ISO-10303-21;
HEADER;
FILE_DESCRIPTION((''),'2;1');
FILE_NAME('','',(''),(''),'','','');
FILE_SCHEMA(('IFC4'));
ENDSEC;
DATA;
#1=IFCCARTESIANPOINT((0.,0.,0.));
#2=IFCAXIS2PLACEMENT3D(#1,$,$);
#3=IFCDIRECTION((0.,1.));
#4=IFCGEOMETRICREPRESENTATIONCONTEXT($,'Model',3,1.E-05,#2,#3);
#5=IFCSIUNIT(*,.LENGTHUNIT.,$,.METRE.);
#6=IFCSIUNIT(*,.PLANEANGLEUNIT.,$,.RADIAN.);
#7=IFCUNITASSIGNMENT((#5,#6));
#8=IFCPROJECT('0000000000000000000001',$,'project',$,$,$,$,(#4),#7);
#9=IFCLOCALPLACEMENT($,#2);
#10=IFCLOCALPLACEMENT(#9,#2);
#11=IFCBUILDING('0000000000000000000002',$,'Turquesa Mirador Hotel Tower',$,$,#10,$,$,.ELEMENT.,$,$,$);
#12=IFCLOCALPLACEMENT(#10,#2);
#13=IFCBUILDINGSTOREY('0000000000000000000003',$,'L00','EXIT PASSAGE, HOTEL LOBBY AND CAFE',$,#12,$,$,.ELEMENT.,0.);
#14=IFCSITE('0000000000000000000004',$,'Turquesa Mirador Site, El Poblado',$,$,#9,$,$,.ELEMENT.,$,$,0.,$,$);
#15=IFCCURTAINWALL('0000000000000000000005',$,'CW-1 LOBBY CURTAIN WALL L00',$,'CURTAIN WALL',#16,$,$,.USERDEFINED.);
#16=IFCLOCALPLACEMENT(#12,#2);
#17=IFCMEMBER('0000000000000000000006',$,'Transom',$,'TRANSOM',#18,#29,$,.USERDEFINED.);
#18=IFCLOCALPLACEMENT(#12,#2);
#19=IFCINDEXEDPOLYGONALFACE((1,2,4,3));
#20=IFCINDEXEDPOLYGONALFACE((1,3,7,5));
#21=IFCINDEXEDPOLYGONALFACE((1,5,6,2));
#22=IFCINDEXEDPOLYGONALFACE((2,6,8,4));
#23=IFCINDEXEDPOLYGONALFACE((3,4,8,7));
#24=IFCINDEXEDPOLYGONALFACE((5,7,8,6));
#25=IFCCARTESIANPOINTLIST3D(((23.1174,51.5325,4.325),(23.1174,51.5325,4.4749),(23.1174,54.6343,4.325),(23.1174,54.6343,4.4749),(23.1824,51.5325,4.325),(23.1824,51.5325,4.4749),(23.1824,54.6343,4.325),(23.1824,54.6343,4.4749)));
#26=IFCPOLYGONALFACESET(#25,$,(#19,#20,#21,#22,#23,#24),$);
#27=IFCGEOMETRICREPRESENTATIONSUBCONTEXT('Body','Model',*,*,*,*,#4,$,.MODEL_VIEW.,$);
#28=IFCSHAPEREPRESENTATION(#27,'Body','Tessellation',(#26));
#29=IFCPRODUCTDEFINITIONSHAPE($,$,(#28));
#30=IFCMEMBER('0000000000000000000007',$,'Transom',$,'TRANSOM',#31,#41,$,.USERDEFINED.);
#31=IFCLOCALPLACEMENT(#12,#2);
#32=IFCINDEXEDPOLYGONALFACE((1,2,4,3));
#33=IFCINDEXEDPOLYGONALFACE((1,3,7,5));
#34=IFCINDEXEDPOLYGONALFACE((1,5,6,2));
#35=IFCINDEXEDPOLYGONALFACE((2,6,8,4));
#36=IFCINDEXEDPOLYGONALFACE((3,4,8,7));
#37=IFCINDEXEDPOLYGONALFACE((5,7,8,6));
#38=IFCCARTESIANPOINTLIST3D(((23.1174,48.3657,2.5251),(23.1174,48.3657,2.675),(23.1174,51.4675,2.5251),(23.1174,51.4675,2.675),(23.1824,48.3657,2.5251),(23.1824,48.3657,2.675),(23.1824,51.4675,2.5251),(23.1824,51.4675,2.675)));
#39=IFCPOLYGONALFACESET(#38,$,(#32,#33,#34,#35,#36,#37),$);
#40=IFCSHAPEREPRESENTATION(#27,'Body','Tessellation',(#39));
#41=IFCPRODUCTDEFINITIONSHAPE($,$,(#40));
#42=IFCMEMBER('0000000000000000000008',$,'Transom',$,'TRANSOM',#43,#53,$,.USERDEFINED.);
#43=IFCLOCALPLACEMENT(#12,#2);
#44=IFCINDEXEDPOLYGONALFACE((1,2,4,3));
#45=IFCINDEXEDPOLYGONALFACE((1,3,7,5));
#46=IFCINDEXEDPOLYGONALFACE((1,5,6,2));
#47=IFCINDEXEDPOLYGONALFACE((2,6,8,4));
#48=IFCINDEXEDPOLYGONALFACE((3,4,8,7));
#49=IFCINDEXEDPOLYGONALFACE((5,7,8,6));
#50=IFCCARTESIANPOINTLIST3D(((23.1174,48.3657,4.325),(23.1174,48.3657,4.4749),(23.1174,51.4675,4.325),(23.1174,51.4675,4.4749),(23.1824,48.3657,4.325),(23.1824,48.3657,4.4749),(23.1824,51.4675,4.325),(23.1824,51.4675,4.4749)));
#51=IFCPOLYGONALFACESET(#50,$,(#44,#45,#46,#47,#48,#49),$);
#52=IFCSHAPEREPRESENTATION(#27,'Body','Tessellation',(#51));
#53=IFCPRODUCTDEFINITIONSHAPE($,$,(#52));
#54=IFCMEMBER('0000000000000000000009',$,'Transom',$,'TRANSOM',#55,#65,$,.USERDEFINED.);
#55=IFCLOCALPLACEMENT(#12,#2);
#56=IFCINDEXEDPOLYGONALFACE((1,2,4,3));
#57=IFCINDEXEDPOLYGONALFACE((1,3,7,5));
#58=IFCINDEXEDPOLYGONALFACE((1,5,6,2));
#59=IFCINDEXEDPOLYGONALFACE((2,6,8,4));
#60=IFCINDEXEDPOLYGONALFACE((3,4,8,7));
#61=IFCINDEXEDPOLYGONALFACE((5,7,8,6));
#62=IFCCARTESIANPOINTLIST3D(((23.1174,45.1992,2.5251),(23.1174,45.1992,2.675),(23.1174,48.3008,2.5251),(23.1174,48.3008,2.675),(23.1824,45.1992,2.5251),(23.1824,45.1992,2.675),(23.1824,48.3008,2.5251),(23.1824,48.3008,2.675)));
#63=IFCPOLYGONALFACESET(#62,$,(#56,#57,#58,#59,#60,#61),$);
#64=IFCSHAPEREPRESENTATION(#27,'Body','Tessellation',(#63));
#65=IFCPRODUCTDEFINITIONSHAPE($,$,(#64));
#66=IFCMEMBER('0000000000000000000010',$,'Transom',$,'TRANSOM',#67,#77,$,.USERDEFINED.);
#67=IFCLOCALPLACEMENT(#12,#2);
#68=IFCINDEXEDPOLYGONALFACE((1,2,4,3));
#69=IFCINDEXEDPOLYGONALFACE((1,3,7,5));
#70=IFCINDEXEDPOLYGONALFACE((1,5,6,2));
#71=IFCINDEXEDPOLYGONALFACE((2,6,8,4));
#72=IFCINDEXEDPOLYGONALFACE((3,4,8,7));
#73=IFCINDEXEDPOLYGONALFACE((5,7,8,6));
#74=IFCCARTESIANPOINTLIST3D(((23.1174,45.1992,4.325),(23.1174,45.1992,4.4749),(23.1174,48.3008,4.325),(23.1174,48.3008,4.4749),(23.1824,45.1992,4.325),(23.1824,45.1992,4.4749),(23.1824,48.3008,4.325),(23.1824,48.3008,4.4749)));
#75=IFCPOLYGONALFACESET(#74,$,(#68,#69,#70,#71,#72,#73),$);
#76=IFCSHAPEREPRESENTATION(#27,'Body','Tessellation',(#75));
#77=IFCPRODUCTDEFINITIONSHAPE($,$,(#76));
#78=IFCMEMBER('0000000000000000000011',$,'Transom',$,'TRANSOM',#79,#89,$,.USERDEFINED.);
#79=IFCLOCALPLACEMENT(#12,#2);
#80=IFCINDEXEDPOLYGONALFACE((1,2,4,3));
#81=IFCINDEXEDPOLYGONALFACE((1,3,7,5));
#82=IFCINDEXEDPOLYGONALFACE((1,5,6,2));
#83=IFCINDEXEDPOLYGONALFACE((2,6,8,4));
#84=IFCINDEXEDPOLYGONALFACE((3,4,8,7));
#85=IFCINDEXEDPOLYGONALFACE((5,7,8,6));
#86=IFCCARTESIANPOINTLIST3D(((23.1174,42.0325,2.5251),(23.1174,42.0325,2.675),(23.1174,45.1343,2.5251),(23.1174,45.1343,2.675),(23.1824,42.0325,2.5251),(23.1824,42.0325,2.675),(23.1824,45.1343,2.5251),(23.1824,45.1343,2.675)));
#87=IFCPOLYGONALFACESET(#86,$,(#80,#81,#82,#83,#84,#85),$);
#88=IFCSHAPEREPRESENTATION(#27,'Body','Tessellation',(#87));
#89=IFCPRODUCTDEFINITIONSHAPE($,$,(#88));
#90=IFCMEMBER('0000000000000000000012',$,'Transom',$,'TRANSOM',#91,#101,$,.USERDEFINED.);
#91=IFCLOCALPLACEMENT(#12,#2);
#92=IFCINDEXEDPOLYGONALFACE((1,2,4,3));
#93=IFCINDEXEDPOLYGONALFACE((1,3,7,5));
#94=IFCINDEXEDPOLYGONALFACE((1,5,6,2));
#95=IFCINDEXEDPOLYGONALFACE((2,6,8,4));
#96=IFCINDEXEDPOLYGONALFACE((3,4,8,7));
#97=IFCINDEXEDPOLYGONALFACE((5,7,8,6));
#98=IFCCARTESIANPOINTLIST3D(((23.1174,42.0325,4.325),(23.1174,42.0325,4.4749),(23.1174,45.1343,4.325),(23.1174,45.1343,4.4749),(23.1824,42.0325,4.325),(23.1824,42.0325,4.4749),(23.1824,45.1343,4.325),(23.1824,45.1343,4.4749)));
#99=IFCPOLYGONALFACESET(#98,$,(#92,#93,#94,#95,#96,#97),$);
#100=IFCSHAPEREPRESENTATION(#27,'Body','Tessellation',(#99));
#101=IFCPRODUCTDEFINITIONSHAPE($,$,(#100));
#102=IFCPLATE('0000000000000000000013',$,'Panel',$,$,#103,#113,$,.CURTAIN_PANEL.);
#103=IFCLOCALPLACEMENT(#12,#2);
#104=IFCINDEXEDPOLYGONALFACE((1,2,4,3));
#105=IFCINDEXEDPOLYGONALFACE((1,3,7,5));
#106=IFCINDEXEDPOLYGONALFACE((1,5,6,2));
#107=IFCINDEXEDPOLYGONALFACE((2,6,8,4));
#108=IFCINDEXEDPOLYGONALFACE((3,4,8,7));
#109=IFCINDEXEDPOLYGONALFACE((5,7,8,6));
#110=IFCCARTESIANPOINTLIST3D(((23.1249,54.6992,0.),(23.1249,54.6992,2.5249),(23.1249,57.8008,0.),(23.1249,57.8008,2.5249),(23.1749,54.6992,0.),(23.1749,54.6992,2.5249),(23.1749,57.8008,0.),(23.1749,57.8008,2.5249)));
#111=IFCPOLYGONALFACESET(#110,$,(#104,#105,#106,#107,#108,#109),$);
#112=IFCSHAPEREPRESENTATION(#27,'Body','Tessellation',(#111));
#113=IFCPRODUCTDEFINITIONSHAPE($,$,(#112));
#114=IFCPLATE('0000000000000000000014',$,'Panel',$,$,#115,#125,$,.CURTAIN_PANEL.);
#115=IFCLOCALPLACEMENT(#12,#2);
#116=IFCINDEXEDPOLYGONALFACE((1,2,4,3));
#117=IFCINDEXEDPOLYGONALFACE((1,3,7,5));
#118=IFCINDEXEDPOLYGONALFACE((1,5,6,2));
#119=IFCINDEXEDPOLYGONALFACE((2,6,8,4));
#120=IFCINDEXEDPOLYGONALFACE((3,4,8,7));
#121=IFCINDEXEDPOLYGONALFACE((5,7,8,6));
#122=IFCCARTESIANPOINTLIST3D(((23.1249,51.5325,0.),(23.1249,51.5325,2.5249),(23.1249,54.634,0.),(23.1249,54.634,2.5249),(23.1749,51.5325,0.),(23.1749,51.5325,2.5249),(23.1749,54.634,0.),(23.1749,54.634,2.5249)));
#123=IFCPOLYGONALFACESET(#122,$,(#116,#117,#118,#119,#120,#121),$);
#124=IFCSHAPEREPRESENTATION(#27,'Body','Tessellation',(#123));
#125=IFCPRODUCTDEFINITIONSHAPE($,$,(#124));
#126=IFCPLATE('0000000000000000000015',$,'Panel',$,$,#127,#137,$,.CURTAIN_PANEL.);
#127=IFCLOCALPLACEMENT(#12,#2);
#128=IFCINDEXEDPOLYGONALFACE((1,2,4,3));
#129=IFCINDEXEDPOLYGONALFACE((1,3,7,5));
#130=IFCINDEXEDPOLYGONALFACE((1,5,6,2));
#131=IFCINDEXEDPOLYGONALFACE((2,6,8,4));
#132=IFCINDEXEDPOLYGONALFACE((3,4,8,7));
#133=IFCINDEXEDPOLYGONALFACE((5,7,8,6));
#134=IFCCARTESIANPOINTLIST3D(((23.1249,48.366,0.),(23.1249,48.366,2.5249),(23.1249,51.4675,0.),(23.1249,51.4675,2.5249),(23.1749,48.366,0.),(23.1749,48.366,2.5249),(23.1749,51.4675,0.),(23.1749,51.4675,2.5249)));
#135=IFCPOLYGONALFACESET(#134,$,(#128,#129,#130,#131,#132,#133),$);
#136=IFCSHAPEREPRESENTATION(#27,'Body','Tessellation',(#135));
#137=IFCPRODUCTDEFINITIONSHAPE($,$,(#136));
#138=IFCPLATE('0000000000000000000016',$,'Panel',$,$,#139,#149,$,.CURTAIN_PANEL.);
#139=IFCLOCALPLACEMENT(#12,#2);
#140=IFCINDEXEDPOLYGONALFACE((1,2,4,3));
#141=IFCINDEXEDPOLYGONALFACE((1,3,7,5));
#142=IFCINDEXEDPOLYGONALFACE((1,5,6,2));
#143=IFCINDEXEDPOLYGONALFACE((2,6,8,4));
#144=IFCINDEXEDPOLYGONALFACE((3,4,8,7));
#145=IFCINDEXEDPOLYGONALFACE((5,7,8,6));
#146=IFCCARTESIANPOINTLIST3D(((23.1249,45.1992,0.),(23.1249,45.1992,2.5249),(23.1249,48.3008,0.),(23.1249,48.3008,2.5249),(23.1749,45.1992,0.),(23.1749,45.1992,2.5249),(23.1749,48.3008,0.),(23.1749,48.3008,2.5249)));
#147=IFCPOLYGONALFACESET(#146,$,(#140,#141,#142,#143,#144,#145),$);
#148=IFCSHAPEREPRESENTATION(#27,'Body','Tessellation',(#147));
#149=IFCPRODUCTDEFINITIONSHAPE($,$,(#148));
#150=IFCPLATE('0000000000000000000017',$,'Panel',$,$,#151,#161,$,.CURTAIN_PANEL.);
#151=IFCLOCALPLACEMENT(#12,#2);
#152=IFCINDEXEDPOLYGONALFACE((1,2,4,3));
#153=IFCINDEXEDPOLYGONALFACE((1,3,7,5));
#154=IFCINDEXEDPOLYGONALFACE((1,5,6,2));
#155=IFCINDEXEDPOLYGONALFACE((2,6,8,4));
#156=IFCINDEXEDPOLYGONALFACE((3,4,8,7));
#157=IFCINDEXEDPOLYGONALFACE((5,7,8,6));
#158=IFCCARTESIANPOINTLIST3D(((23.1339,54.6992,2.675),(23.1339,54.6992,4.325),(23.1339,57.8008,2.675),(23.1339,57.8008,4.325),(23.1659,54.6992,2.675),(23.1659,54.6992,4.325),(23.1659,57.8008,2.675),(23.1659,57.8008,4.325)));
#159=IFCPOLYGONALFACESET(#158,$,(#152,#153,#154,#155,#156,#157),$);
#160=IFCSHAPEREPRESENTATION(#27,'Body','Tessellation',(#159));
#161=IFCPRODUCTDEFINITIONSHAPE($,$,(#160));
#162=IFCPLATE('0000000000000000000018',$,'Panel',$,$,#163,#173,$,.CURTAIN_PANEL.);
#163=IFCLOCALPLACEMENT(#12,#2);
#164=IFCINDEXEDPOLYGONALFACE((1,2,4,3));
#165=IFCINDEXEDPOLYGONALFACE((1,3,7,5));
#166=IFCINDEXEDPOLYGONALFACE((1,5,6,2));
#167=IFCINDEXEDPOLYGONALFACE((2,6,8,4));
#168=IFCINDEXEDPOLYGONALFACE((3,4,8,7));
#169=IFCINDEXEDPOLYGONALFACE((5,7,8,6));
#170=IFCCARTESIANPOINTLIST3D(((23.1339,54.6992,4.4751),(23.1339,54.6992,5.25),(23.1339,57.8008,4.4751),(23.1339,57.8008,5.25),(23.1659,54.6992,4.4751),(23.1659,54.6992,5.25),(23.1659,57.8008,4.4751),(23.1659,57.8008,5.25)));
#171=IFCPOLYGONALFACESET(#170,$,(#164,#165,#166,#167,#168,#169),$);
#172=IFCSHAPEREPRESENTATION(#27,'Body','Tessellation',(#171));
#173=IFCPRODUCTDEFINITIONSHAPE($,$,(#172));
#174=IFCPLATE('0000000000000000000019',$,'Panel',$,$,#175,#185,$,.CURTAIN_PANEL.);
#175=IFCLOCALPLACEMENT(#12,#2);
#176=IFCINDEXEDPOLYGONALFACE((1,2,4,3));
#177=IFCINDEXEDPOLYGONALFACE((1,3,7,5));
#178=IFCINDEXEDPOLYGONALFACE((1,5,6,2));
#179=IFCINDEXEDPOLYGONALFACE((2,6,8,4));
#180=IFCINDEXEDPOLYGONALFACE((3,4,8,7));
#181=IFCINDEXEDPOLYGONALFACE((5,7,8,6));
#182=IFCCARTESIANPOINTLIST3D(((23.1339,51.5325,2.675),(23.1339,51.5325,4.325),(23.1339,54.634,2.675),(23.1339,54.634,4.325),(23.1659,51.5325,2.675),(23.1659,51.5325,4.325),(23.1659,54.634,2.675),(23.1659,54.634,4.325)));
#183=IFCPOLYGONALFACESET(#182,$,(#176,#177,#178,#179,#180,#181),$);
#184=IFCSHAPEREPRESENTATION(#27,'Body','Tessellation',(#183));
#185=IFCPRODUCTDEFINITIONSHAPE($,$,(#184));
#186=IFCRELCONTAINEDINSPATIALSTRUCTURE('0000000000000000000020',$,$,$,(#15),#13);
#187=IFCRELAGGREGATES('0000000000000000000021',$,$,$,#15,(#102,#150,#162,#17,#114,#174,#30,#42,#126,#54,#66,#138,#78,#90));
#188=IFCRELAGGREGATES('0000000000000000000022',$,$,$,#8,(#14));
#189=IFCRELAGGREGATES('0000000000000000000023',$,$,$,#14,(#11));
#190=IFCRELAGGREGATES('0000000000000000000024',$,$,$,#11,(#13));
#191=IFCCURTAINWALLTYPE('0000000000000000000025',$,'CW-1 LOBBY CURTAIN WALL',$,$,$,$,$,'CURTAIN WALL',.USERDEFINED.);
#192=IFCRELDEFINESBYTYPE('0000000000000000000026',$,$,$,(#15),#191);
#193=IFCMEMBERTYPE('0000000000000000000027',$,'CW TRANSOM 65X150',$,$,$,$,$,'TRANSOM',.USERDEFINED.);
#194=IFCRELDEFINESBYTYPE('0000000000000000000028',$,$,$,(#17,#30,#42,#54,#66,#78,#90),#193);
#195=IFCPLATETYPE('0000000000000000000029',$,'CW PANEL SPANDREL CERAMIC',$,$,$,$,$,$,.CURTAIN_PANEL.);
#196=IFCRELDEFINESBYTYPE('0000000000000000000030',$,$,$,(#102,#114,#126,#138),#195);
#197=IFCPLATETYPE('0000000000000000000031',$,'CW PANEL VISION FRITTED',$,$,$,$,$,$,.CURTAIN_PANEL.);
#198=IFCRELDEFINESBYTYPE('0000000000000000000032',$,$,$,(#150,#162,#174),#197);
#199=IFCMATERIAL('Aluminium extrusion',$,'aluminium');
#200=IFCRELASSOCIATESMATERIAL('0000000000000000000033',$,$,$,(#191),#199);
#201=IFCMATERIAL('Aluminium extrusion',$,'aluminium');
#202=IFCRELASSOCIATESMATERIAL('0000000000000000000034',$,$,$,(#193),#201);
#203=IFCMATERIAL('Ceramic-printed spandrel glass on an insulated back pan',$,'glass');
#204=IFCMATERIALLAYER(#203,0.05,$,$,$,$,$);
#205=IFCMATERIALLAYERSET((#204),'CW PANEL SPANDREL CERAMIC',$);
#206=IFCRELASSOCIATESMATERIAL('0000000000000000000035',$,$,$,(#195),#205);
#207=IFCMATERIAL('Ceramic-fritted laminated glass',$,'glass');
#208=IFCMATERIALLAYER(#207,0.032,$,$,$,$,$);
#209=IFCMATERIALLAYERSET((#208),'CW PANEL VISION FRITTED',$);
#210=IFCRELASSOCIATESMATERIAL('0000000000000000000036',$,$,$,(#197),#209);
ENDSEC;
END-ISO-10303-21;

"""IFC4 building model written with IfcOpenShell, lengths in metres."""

from ifc_helpers import new_model, si_unit, direction, frame, origin, origin_2d, place, context, subcontext, project, spatial, rectangle, extrude, material, layer, layer_set, material_profile, profile_set, type_object, element, aggregate, save


model = new_model("IFC4")

# Units and contexts
model_context = context("Model", 3, precision=1e-05, world=origin(), true_north=direction((0.0, 1.0)))
body_context = subcontext(model_context, "Body", "Model", "MODEL_VIEW")
ifc_project = project(units=[si_unit("LENGTHUNIT", "METRE"), si_unit("PLANEANGLEUNIT", "RADIAN")], contexts=[model_context])

# Site, building, storey
site_placement = place(None, origin())
site = spatial("IfcSite", under=ifc_project, at=site_placement, Name="Turquesa Mirador Site, El Poblado", CompositionType="ELEMENT", RefElevation=0.0)
building_placement = place(site_placement, origin())
building = spatial("IfcBuilding", under=site, at=building_placement, Name="Turquesa Mirador Hotel Tower", CompositionType="ELEMENT")
storey_placement = place(building_placement, origin())
storey = spatial("IfcBuildingStorey", under=building, at=storey_placement, Name="L00", Description="EXIT PASSAGE, HOTEL LOBBY AND CAFE", CompositionType="ELEMENT", Elevation=0.0)

# Curtain wall, members, plates
ifc_material_1 = material(Name="Aluminium extrusion", Category="aluminium")
curtain_wall_type = type_object("IfcCurtainWallType", Name="CW-1 LOBBY CURTAIN WALL", ElementType="CURTAIN WALL", PredefinedType="USERDEFINED", material=ifc_material_1)
curtain_wall_placement = place(storey_placement, origin())
curtain_wall = element("IfcCurtainWall", 1, at=curtain_wall_placement, inside=storey, type_object=curtain_wall_type, Name="CW-1 LOBBY CURTAIN WALL L00", ObjectType="CURTAIN WALL", PredefinedType="USERDEFINED")
ifc_material_2 = material(Name="Aluminium extrusion", Category="aluminium")
ifc_material_profile_1 = material_profile(ifc_material_2, rectangle(XDim=0.0649, YDim=0.1499, at=origin_2d()), Name="TRANSOM 65X150")
ifc_profile_set_1 = profile_set([ifc_material_profile_1], Name="Aluminium extrusion")
member_type_1 = type_object("IfcMemberType", Name="CW TRANSOM 65X150", ElementType="TRANSOM", PredefinedType="USERDEFINED", material=ifc_profile_set_1)
member_1_placement = place(storey_placement, frame((23.1499, 54.6343, 4.3999), z_axis=(0.0, -1.0, 0.0), x_axis=(1.0, 0.0, 0.0)))
member_1 = element("IfcMember", 2, at=member_1_placement, type_object=member_type_1, Name="Transom", ObjectType="TRANSOM", PredefinedType="USERDEFINED", context=body_context, shape_type="SweptSolid", body=[
    extrude(rectangle(XDim=0.0649, YDim=0.1499, at=origin_2d()), origin(), (0.0, 0.0, 1.0), 3.1018),
])
member_2_placement = place(storey_placement, frame((23.1499, 51.4675, 2.6001), z_axis=(0.0, -1.0, 0.0), x_axis=(1.0, 0.0, 0.0)))
member_2 = element("IfcMember", 3, at=member_2_placement, type_object=member_type_1, Name="Transom", ObjectType="TRANSOM", PredefinedType="USERDEFINED", context=body_context, shape_type="SweptSolid", body=[
    extrude(rectangle(XDim=0.0649, YDim=0.1499, at=origin_2d()), origin(), (0.0, 0.0, 1.0), 3.1018),
])
member_3_placement = place(storey_placement, frame((23.1499, 51.4675, 4.3999), z_axis=(0.0, -1.0, 0.0), x_axis=(1.0, 0.0, 0.0)))
member_3 = element("IfcMember", 4, at=member_3_placement, type_object=member_type_1, Name="Transom", ObjectType="TRANSOM", PredefinedType="USERDEFINED", context=body_context, shape_type="SweptSolid", body=[
    extrude(rectangle(XDim=0.0649, YDim=0.1499, at=origin_2d()), origin(), (0.0, 0.0, 1.0), 3.1018),
])
member_4_placement = place(storey_placement, frame((23.1499, 48.3008, 2.6001), z_axis=(0.0, -1.0, 0.0), x_axis=(1.0, 0.0, 0.0)))
member_4 = element("IfcMember", 5, at=member_4_placement, type_object=member_type_1, Name="Transom", ObjectType="TRANSOM", PredefinedType="USERDEFINED", context=body_context, shape_type="SweptSolid", body=[
    extrude(rectangle(XDim=0.0649, YDim=0.1499, at=origin_2d()), origin(), (0.0, 0.0, 1.0), 3.1016),
])
member_5_placement = place(storey_placement, frame((23.1499, 48.3008, 4.3999), z_axis=(0.0, -1.0, 0.0), x_axis=(1.0, 0.0, 0.0)))
member_5 = element("IfcMember", 6, at=member_5_placement, type_object=member_type_1, Name="Transom", ObjectType="TRANSOM", PredefinedType="USERDEFINED", context=body_context, shape_type="SweptSolid", body=[
    extrude(rectangle(XDim=0.0649, YDim=0.1499, at=origin_2d()), origin(), (0.0, 0.0, 1.0), 3.1016),
])
member_6_placement = place(storey_placement, frame((23.1499, 45.1343, 2.6001), z_axis=(0.0, -1.0, 0.0), x_axis=(1.0, 0.0, 0.0)))
member_6 = element("IfcMember", 7, at=member_6_placement, type_object=member_type_1, Name="Transom", ObjectType="TRANSOM", PredefinedType="USERDEFINED", context=body_context, shape_type="SweptSolid", body=[
    extrude(rectangle(XDim=0.0649, YDim=0.1499, at=origin_2d()), origin(), (0.0, 0.0, 1.0), 3.1018),
])
member_7_placement = place(storey_placement, frame((23.1499, 45.1343, 4.3999), z_axis=(0.0, -1.0, 0.0), x_axis=(1.0, 0.0, 0.0)))
member_7 = element("IfcMember", 8, at=member_7_placement, type_object=member_type_1, Name="Transom", ObjectType="TRANSOM", PredefinedType="USERDEFINED", context=body_context, shape_type="SweptSolid", body=[
    extrude(rectangle(XDim=0.0649, YDim=0.1499, at=origin_2d()), origin(), (0.0, 0.0, 1.0), 3.1018),
])
ifc_material_3 = material(Name="Ceramic-printed spandrel glass on an insulated back pan", Category="glass")
ifc_layer_1 = layer(ifc_material_3, 0.05)
ifc_layer_set_1 = layer_set([ifc_layer_1], Name="CW PANEL SPANDREL CERAMIC")
plate_type_1 = type_object("IfcPlateType", Name="CW PANEL SPANDREL CERAMIC", PredefinedType="CURTAIN_PANEL", material=ifc_layer_set_1)
plate_1_placement = place(storey_placement, frame((23.1499, 56.25, 0.0), z_axis=(0.0, 0.0, 1.0), x_axis=(0.0, -1.0, 0.0)))
plate_1 = element("IfcPlate", 9, at=plate_1_placement, type_object=plate_type_1, Name="Panel", PredefinedType="CURTAIN_PANEL", context=body_context, shape_type="SweptSolid", body=[
    extrude(rectangle(XDim=3.1016, YDim=0.05, at=origin_2d()), origin(), (0.0, 0.0, 1.0), 2.5249),
])
plate_2_placement = place(storey_placement, frame((23.1499, 53.0833, 0.0), z_axis=(0.0, 0.0, 1.0), x_axis=(0.0, -1.0, 0.0)))
plate_2 = element("IfcPlate", 10, at=plate_2_placement, type_object=plate_type_1, Name="Panel", PredefinedType="CURTAIN_PANEL", context=body_context, shape_type="SweptSolid", body=[
    extrude(rectangle(XDim=3.1016, YDim=0.05, at=origin_2d()), origin(), (0.0, 0.0, 1.0), 2.5249),
])
plate_3_placement = place(storey_placement, frame((23.1499, 49.9167, 0.0), z_axis=(0.0, 0.0, 1.0), x_axis=(0.0, -1.0, 0.0)))
plate_3 = element("IfcPlate", 11, at=plate_3_placement, type_object=plate_type_1, Name="Panel", PredefinedType="CURTAIN_PANEL", context=body_context, shape_type="SweptSolid", body=[
    extrude(rectangle(XDim=3.1016, YDim=0.05, at=origin_2d()), origin(), (0.0, 0.0, 1.0), 2.5249),
])
plate_4_placement = place(storey_placement, frame((23.1499, 46.75, 0.0), z_axis=(0.0, 0.0, 1.0), x_axis=(0.0, -1.0, 0.0)))
plate_4 = element("IfcPlate", 12, at=plate_4_placement, type_object=plate_type_1, Name="Panel", PredefinedType="CURTAIN_PANEL", context=body_context, shape_type="SweptSolid", body=[
    extrude(rectangle(XDim=3.1016, YDim=0.05, at=origin_2d()), origin(), (0.0, 0.0, 1.0), 2.5249),
])
ifc_material_4 = material(Name="Ceramic-fritted laminated glass", Category="glass")
ifc_layer_2 = layer(ifc_material_4, 0.032)
ifc_layer_set_2 = layer_set([ifc_layer_2], Name="CW PANEL VISION FRITTED")
plate_type_2 = type_object("IfcPlateType", Name="CW PANEL VISION FRITTED", PredefinedType="CURTAIN_PANEL", material=ifc_layer_set_2)
plate_5_placement = place(storey_placement, frame((23.1499, 56.25, 2.675), z_axis=(0.0, 0.0, 1.0), x_axis=(0.0, -1.0, 0.0)))
plate_5 = element("IfcPlate", 13, at=plate_5_placement, type_object=plate_type_2, Name="Panel", PredefinedType="CURTAIN_PANEL", context=body_context, shape_type="SweptSolid", body=[
    extrude(rectangle(XDim=3.1016, YDim=0.032, at=origin_2d()), origin(), (0.0, 0.0, 1.0), 1.6499),
])
plate_6_placement = place(storey_placement, frame((23.1499, 56.25, 4.4751), z_axis=(0.0, 0.0, 1.0), x_axis=(0.0, -1.0, 0.0)))
plate_6 = element("IfcPlate", 14, at=plate_6_placement, type_object=plate_type_2, Name="Panel", PredefinedType="CURTAIN_PANEL", context=body_context, shape_type="SweptSolid", body=[
    extrude(rectangle(XDim=3.1016, YDim=0.032, at=origin_2d()), origin(), (0.0, 0.0, 1.0), 0.7749),
])
plate_7_placement = place(storey_placement, frame((23.1499, 53.0833, 2.675), z_axis=(0.0, 0.0, 1.0), x_axis=(0.0, -1.0, 0.0)))
plate_7 = element("IfcPlate", 15, at=plate_7_placement, type_object=plate_type_2, Name="Panel", PredefinedType="CURTAIN_PANEL", context=body_context, shape_type="SweptSolid", body=[
    extrude(rectangle(XDim=3.1016, YDim=0.032, at=origin_2d()), origin(), (0.0, 0.0, 1.0), 1.6499),
])
aggregate(curtain_wall, [plate_1, plate_5, plate_6, member_1, plate_2, plate_7, member_2, member_3, plate_3, member_4, member_5, plate_4, member_6, member_7])

save(model, "model.ifc")
